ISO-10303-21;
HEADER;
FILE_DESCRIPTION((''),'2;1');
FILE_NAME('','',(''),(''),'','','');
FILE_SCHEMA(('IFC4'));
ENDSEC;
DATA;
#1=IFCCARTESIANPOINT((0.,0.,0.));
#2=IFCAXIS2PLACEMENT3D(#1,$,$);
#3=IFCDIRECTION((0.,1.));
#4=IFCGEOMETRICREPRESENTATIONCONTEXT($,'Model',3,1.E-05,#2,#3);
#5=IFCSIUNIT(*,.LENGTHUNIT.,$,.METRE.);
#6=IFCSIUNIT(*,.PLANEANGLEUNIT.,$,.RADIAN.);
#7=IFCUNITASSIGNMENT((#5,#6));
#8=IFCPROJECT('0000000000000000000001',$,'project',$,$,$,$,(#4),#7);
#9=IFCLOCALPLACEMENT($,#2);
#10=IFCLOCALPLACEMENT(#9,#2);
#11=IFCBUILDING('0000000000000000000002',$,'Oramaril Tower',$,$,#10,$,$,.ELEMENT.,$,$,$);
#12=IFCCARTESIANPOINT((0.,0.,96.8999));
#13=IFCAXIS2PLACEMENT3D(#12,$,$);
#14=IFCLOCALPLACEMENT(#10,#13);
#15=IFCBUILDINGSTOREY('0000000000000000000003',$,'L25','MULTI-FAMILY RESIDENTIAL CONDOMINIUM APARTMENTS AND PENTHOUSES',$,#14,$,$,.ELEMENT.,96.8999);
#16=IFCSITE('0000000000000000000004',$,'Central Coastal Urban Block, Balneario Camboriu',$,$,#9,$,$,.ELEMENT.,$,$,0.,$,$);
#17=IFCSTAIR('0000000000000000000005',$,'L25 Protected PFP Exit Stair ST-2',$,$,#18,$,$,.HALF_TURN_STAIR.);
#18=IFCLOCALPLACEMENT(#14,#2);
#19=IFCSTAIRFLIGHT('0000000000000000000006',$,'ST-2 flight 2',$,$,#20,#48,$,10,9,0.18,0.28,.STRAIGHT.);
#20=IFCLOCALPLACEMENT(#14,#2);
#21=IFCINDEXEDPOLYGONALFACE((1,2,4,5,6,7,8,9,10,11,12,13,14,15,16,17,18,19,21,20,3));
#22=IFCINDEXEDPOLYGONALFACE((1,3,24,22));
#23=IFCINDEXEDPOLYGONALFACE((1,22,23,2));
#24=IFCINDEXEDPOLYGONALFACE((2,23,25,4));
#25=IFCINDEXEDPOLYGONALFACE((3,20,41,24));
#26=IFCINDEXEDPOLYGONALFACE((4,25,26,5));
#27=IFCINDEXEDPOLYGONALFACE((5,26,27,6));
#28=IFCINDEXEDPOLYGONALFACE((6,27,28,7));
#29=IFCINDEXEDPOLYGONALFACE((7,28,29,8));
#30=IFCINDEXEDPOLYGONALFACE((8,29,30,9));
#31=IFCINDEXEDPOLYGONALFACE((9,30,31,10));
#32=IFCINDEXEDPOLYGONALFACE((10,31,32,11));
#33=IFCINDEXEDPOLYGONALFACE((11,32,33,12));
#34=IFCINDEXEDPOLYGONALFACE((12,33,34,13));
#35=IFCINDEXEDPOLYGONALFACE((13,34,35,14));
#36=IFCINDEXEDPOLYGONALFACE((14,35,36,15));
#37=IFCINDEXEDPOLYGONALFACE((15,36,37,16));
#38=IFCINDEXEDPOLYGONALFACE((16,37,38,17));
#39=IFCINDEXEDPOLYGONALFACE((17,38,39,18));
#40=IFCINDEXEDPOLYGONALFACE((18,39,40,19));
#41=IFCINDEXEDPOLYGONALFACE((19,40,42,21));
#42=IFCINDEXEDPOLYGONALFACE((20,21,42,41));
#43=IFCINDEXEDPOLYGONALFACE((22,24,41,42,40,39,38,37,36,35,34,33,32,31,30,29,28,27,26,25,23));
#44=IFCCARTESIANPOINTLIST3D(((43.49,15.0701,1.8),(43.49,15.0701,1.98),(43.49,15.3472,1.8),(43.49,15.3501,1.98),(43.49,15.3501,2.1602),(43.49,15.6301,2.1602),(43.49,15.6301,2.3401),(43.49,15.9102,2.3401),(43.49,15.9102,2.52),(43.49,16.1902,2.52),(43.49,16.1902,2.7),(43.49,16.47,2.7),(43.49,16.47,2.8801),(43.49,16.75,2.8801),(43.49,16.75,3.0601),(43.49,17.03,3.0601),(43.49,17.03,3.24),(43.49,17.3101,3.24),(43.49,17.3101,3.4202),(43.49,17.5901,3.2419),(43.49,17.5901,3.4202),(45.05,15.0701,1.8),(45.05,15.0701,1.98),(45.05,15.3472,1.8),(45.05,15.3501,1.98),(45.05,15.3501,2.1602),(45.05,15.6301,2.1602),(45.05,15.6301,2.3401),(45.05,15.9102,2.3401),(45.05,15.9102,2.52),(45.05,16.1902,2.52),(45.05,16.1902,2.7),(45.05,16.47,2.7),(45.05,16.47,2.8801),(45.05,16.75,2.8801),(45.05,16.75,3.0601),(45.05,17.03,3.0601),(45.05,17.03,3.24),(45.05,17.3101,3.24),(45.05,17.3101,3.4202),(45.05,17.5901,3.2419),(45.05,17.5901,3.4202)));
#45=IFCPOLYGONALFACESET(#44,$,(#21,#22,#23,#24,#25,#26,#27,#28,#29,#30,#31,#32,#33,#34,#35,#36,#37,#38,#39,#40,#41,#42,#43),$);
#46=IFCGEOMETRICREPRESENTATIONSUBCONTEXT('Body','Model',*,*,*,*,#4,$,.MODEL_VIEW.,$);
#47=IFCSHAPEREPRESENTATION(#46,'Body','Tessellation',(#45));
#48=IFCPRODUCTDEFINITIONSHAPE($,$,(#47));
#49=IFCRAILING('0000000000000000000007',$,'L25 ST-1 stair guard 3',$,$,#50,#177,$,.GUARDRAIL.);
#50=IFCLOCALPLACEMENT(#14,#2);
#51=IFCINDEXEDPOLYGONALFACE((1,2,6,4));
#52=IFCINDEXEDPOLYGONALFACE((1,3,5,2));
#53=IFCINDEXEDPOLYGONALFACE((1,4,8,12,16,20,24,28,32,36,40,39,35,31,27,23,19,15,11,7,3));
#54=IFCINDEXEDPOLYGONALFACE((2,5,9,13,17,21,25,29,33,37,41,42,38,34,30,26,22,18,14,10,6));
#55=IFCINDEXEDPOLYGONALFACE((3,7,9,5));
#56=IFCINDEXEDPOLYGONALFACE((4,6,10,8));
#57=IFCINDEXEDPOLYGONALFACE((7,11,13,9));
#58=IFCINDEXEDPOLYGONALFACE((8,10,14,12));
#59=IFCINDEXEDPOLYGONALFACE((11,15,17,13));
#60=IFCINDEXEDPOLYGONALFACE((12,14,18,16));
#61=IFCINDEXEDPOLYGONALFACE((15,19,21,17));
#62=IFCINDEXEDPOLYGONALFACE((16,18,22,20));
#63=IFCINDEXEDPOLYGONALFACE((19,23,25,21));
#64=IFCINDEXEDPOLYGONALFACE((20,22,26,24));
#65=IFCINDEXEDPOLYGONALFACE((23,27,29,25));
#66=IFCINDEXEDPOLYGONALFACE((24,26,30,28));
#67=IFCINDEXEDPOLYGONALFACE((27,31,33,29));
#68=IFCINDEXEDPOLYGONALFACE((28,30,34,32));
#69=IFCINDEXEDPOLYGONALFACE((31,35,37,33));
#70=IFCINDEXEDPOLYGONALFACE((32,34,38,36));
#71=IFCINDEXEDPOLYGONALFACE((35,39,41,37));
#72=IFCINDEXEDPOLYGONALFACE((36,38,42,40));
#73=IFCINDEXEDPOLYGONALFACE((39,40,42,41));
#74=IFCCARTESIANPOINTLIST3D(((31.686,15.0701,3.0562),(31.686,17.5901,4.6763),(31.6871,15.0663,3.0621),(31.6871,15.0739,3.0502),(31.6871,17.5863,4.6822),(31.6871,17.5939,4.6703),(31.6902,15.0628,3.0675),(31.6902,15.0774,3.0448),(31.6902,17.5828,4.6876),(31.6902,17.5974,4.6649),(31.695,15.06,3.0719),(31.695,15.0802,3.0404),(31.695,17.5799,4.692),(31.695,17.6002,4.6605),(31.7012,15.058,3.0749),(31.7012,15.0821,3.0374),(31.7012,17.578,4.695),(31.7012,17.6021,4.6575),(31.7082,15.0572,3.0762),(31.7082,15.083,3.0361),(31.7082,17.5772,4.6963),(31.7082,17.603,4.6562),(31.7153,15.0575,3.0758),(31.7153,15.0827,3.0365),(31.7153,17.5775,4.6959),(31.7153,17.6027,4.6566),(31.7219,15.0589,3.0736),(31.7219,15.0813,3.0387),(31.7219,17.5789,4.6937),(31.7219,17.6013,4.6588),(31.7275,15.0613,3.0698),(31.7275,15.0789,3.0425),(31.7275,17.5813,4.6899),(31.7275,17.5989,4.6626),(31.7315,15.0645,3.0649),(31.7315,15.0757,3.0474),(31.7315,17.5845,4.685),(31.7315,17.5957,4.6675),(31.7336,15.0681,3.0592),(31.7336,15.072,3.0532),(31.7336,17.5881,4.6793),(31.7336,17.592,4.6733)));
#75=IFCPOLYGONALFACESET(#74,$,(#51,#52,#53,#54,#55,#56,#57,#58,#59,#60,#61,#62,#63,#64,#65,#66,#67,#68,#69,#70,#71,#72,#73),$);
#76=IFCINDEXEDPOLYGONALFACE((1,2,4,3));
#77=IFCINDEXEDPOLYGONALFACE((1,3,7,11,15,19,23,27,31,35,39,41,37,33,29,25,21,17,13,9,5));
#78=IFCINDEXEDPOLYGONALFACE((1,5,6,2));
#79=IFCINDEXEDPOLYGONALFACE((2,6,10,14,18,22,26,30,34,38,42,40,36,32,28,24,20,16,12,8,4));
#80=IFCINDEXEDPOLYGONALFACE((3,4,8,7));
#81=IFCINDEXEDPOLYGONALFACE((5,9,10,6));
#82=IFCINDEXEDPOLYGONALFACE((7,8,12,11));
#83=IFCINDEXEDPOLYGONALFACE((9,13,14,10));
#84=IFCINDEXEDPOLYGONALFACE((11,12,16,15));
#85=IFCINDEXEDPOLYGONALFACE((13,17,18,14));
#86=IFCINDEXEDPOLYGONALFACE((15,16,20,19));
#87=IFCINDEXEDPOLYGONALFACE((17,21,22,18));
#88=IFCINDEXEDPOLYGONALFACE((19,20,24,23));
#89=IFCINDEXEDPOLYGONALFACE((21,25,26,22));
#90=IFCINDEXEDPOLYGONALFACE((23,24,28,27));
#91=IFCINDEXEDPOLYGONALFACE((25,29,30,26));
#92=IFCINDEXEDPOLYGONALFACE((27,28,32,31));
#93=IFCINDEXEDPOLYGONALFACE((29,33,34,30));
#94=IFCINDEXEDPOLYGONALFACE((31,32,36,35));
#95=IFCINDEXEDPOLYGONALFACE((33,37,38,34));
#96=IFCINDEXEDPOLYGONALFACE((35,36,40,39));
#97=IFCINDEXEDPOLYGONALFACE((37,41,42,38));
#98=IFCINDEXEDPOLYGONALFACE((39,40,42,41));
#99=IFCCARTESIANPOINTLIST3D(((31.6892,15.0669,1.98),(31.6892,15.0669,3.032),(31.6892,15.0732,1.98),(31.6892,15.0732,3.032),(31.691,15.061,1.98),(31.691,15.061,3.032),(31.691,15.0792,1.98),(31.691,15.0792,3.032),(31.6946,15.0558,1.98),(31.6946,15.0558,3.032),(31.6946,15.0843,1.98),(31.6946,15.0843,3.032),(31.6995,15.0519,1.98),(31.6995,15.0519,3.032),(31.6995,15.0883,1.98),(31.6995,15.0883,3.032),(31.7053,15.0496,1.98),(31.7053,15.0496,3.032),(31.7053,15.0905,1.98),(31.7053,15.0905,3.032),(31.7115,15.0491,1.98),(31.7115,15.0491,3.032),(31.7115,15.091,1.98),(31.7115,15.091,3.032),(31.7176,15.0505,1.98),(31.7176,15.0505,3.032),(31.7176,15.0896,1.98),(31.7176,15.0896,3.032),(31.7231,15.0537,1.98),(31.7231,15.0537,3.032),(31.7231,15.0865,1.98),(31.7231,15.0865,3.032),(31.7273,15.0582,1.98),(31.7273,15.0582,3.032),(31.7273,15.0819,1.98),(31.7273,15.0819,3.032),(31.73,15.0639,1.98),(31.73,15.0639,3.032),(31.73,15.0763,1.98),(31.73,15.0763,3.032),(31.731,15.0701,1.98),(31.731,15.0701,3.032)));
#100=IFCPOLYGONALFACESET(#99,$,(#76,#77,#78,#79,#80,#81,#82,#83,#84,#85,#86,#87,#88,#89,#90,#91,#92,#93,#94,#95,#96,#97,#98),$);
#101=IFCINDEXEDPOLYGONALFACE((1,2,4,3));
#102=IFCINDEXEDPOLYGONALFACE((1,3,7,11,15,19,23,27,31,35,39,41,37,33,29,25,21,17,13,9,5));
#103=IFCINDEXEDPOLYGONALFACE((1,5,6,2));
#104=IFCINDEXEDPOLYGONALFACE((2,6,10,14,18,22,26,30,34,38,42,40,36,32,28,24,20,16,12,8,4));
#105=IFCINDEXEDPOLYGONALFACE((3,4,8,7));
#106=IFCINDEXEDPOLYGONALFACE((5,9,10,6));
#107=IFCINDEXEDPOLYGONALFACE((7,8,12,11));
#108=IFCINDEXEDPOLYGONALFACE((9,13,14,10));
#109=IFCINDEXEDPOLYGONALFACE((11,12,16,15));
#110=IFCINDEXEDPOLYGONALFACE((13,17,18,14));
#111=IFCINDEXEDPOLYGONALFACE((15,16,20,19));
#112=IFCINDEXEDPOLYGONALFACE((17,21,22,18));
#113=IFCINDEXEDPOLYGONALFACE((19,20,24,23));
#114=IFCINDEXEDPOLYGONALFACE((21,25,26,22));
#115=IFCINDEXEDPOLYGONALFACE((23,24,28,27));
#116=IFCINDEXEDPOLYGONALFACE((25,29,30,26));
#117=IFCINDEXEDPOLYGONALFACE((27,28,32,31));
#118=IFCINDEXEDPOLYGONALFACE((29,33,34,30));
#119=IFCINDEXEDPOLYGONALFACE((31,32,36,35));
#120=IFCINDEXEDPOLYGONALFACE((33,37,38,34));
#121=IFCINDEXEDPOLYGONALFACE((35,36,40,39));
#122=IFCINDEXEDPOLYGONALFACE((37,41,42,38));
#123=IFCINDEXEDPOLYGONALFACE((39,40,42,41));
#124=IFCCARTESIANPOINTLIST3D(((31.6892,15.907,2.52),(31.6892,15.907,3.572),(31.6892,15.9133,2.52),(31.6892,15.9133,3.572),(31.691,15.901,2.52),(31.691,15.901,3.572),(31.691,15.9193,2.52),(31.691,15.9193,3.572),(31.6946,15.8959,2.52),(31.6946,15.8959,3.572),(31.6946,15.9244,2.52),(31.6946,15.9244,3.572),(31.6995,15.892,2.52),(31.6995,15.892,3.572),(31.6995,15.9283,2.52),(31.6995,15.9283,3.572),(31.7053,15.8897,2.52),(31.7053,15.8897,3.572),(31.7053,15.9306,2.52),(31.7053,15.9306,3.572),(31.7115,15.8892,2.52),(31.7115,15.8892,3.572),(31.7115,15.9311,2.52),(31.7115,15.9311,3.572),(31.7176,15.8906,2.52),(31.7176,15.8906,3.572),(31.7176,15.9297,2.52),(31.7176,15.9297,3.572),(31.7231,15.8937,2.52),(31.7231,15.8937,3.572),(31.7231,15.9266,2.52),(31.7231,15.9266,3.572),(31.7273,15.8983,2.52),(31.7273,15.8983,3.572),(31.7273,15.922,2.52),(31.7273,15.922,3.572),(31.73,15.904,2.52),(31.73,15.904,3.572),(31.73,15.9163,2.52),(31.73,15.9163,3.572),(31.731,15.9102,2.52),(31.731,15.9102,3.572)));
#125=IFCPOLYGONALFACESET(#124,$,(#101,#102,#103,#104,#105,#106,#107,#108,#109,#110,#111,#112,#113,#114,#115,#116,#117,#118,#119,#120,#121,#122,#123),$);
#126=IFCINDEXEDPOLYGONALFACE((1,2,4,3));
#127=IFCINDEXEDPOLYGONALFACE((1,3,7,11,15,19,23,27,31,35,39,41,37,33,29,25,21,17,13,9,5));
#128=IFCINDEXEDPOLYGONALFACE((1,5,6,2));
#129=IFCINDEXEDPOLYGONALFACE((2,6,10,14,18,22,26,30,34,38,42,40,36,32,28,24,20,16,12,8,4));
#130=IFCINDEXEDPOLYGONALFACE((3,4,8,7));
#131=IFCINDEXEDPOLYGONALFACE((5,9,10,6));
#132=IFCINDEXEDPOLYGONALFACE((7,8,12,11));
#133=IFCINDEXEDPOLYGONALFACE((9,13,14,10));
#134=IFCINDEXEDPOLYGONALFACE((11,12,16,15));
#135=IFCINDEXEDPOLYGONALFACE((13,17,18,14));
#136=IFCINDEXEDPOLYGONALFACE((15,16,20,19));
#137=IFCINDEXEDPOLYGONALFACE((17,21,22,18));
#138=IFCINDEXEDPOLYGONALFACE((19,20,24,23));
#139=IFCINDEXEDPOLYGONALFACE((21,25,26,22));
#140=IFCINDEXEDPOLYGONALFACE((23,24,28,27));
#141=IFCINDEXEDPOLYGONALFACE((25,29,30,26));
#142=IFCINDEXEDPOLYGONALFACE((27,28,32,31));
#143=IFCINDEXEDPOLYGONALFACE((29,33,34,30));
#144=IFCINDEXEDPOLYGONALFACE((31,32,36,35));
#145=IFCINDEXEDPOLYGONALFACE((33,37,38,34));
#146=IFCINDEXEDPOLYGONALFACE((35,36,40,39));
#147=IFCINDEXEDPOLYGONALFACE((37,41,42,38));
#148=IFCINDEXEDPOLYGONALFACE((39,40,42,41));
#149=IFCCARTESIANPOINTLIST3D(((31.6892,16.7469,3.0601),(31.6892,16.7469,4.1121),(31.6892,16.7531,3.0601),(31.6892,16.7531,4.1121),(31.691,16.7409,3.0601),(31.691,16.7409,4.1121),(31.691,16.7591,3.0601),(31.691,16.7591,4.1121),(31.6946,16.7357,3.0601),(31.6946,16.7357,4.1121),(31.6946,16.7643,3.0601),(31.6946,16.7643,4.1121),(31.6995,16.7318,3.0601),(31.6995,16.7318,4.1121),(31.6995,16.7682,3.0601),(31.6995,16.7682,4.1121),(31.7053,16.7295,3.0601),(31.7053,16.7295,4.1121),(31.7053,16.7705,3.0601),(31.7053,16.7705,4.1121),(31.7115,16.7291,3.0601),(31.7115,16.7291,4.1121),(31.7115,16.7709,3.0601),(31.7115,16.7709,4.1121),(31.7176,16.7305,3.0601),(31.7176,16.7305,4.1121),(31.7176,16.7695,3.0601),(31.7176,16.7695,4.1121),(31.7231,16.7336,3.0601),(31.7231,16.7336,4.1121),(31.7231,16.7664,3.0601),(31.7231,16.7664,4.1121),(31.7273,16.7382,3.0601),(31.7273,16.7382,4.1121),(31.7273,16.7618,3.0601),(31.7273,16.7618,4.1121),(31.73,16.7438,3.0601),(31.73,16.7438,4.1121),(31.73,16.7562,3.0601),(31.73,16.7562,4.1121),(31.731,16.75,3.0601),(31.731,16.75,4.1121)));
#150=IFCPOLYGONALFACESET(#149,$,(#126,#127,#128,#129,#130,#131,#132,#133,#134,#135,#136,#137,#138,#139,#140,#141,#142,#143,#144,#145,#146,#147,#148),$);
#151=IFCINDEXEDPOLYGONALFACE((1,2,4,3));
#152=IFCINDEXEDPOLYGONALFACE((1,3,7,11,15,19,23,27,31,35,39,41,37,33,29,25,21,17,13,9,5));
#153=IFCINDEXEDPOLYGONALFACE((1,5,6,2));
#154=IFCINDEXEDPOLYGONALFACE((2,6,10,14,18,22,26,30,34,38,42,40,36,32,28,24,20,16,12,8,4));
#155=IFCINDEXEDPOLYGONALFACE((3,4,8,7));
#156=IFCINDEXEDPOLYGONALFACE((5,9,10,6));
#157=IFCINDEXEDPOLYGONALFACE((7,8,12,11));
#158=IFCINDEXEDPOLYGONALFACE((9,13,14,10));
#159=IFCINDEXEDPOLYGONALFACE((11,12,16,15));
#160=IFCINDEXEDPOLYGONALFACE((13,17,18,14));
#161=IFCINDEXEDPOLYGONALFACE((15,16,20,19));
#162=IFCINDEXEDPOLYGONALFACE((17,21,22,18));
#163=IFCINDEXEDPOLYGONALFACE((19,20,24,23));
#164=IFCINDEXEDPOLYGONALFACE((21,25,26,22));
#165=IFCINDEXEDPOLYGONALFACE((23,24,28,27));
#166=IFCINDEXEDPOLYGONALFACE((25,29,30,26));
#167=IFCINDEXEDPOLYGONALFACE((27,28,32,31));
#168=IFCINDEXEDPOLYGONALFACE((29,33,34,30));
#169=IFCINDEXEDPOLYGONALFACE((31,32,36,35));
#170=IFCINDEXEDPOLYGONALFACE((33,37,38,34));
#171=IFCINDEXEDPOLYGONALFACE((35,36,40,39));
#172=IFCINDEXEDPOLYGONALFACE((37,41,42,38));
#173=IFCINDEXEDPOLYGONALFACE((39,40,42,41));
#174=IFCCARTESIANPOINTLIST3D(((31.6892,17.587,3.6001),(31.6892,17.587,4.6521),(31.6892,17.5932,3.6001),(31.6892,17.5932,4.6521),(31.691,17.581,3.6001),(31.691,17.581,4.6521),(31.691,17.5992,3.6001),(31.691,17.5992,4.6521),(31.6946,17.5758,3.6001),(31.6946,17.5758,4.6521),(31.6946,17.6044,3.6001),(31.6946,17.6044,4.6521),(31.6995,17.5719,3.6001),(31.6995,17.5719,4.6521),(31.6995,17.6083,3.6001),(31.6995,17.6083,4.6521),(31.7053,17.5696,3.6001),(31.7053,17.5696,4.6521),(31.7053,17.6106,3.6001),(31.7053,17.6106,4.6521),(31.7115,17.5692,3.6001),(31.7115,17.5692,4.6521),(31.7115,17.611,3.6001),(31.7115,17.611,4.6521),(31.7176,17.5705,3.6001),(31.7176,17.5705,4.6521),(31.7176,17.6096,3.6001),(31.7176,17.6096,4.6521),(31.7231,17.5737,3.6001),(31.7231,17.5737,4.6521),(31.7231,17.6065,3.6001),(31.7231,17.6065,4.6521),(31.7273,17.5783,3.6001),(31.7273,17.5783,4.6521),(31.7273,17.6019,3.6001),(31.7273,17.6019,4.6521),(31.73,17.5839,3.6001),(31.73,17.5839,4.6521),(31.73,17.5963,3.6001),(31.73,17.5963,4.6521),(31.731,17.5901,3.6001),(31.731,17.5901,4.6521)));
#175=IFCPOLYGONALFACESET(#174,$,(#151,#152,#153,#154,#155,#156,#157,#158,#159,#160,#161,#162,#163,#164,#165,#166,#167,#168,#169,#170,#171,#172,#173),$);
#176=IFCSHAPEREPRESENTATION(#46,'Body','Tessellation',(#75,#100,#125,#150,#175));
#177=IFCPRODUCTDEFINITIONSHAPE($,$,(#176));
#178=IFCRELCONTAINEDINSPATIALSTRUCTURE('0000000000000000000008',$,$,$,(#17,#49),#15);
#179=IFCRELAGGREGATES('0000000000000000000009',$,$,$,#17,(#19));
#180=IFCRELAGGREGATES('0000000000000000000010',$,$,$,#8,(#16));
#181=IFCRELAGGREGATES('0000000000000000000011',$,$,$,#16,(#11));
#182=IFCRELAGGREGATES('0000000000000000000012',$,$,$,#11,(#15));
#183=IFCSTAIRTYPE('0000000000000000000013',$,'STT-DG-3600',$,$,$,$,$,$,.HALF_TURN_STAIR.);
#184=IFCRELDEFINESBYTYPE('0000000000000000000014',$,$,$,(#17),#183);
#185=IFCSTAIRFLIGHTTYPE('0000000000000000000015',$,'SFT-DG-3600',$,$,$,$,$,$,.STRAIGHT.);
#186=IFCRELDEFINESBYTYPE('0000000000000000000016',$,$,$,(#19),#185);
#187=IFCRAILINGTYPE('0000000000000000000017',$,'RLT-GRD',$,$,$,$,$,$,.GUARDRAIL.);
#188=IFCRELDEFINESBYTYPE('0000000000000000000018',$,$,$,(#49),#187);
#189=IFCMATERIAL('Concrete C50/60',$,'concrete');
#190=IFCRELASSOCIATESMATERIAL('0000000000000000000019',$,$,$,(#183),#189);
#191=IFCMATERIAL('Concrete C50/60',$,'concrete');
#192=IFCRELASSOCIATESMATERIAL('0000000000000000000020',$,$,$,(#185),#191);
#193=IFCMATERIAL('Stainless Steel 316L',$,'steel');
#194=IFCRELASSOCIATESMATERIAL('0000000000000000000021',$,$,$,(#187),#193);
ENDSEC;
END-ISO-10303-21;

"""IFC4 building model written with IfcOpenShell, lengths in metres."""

from ifc_helpers import new_model, si_unit, direction, frame, origin, origin_2d, place, context, subcontext, project, spatial, polyline, circle, outline, extrude, material, type_object, element, aggregate, save


model = new_model("IFC4")

# Units and contexts
model_context = context("Model", 3, precision=1e-05, world=origin(), true_north=direction((0.0, 1.0)))
body_context = subcontext(model_context, "Body", "Model", "MODEL_VIEW")
ifc_project = project(units=[si_unit("LENGTHUNIT", "METRE"), si_unit("PLANEANGLEUNIT", "RADIAN")], contexts=[model_context])

# Site, building, storey
site_placement = place(None, origin())
site = spatial("IfcSite", under=ifc_project, at=site_placement, Name="Central Coastal Urban Block, Balneario Camboriu", CompositionType="ELEMENT", RefElevation=0.0)
building_placement = place(site_placement, origin())
building = spatial("IfcBuilding", under=site, at=building_placement, Name="Oramaril Tower", CompositionType="ELEMENT")
storey_placement = place(building_placement, frame((0.0, 0.0, 96.8999)))
storey = spatial("IfcBuildingStorey", under=building, at=storey_placement, Name="L25", Description="MULTI-FAMILY RESIDENTIAL CONDOMINIUM APARTMENTS AND PENTHOUSES", CompositionType="ELEMENT", Elevation=96.8999)

# Stair, stair flight
ifc_material_1 = material(Name="Concrete C50/60", Category="concrete")
stair_type = type_object("IfcStairType", Name="STT-DG-3600", PredefinedType="HALF_TURN_STAIR", material=ifc_material_1)
ifc_material_2 = material(Name="Concrete C50/60", Category="concrete")
stair_flight_type = type_object("IfcStairFlightType", Name="SFT-DG-3600", PredefinedType="STRAIGHT", material=ifc_material_2)
stair_1_placement = place(storey_placement, origin())
stair_1 = element("IfcStair", 1, at=stair_1_placement, inside=storey, type_object=stair_type, Name="L25 Protected PFP Exit Stair ST-2", PredefinedType="HALF_TURN_STAIR")
stair_flight_1_placement = place(storey_placement, frame((44.27, 15.0701, 1.8), z_axis=(0.0, 0.0, 1.0), x_axis=(0.0, 1.0, 0.0)))
stair_flight_1 = element("IfcStairFlight", 2, at=stair_flight_1_placement, type_object=stair_flight_type, Name="ST-2 flight 2", NumberOfRisers=10, NumberOfTreads=9, PredefinedType="STRAIGHT", RiserHeight=0.18, TreadLength=0.28, context=body_context, shape_type="SweptSolid", body=[
    extrude(outline(polyline([(0.0, 0.0), (0.0, 0.1799), (0.28, 0.1799), (0.28, 0.3601), (0.5601, 0.3601), (0.5601, 0.54), (0.8401, 0.54), (0.8401, 0.72), (1.1201, 0.72), (1.1201, 0.8999), (1.3999, 0.8999), (1.3999, 1.0801), (1.6799, 1.0801), (1.6799, 1.26), (1.96, 1.26), (1.96, 1.4399), (2.24, 1.4399), (2.24, 1.6201), (2.52, 1.6201), (2.52, 1.8), (2.52, 1.4419), (0.2771, 0.0), (0.0, 0.0)])), frame((0.0, 0.78, 0.0), z_axis=(0.0, -1.0, 0.0), x_axis=(1.0, 0.0, 0.0)), (0.0, 0.0, 1.0), 1.5601),
])
aggregate(stair_1, [stair_flight_1])

# Railing
ifc_material_3 = material(Name="Stainless Steel 316L", Category="steel")
railing_type_1 = type_object("IfcRailingType", Name="RLT-GRD", PredefinedType="GUARDRAIL", material=ifc_material_3)
railing_1_placement = place(storey_placement, frame((31.71, 15.0701, 1.98)))
element("IfcRailing", 3, at=railing_1_placement, inside=storey, type_object=railing_type_1, Name="L25 ST-1 stair guard 3", PredefinedType="GUARDRAIL", context=body_context, shape_type="SweptSolid", body=[
    extrude(circle(Radius=0.0239, at=origin_2d()), frame((0.0, 0.0, 1.0762), z_axis=(0.0, 0.841163, 0.540782), x_axis=(-1.0, 0.0, 0.0)), (0.0, 0.0, 1.0), 2.9958),
    extrude(circle(Radius=0.021, at=origin_2d()), origin(), (0.0, 0.0, 1.0), 1.052),
    extrude(circle(Radius=0.021, at=origin_2d()), frame((0.0, 0.8401, 0.54)), (0.0, 0.0, 1.0), 1.052),
    extrude(circle(Radius=0.021, at=origin_2d()), frame((0.0, 1.6799, 1.0801)), (0.0, 0.0, 1.0), 1.052),
    extrude(circle(Radius=0.021, at=origin_2d()), frame((0.0, 2.52, 1.6201)), (0.0, 0.0, 1.0), 1.052),
])

save(model, "model.ifc")
